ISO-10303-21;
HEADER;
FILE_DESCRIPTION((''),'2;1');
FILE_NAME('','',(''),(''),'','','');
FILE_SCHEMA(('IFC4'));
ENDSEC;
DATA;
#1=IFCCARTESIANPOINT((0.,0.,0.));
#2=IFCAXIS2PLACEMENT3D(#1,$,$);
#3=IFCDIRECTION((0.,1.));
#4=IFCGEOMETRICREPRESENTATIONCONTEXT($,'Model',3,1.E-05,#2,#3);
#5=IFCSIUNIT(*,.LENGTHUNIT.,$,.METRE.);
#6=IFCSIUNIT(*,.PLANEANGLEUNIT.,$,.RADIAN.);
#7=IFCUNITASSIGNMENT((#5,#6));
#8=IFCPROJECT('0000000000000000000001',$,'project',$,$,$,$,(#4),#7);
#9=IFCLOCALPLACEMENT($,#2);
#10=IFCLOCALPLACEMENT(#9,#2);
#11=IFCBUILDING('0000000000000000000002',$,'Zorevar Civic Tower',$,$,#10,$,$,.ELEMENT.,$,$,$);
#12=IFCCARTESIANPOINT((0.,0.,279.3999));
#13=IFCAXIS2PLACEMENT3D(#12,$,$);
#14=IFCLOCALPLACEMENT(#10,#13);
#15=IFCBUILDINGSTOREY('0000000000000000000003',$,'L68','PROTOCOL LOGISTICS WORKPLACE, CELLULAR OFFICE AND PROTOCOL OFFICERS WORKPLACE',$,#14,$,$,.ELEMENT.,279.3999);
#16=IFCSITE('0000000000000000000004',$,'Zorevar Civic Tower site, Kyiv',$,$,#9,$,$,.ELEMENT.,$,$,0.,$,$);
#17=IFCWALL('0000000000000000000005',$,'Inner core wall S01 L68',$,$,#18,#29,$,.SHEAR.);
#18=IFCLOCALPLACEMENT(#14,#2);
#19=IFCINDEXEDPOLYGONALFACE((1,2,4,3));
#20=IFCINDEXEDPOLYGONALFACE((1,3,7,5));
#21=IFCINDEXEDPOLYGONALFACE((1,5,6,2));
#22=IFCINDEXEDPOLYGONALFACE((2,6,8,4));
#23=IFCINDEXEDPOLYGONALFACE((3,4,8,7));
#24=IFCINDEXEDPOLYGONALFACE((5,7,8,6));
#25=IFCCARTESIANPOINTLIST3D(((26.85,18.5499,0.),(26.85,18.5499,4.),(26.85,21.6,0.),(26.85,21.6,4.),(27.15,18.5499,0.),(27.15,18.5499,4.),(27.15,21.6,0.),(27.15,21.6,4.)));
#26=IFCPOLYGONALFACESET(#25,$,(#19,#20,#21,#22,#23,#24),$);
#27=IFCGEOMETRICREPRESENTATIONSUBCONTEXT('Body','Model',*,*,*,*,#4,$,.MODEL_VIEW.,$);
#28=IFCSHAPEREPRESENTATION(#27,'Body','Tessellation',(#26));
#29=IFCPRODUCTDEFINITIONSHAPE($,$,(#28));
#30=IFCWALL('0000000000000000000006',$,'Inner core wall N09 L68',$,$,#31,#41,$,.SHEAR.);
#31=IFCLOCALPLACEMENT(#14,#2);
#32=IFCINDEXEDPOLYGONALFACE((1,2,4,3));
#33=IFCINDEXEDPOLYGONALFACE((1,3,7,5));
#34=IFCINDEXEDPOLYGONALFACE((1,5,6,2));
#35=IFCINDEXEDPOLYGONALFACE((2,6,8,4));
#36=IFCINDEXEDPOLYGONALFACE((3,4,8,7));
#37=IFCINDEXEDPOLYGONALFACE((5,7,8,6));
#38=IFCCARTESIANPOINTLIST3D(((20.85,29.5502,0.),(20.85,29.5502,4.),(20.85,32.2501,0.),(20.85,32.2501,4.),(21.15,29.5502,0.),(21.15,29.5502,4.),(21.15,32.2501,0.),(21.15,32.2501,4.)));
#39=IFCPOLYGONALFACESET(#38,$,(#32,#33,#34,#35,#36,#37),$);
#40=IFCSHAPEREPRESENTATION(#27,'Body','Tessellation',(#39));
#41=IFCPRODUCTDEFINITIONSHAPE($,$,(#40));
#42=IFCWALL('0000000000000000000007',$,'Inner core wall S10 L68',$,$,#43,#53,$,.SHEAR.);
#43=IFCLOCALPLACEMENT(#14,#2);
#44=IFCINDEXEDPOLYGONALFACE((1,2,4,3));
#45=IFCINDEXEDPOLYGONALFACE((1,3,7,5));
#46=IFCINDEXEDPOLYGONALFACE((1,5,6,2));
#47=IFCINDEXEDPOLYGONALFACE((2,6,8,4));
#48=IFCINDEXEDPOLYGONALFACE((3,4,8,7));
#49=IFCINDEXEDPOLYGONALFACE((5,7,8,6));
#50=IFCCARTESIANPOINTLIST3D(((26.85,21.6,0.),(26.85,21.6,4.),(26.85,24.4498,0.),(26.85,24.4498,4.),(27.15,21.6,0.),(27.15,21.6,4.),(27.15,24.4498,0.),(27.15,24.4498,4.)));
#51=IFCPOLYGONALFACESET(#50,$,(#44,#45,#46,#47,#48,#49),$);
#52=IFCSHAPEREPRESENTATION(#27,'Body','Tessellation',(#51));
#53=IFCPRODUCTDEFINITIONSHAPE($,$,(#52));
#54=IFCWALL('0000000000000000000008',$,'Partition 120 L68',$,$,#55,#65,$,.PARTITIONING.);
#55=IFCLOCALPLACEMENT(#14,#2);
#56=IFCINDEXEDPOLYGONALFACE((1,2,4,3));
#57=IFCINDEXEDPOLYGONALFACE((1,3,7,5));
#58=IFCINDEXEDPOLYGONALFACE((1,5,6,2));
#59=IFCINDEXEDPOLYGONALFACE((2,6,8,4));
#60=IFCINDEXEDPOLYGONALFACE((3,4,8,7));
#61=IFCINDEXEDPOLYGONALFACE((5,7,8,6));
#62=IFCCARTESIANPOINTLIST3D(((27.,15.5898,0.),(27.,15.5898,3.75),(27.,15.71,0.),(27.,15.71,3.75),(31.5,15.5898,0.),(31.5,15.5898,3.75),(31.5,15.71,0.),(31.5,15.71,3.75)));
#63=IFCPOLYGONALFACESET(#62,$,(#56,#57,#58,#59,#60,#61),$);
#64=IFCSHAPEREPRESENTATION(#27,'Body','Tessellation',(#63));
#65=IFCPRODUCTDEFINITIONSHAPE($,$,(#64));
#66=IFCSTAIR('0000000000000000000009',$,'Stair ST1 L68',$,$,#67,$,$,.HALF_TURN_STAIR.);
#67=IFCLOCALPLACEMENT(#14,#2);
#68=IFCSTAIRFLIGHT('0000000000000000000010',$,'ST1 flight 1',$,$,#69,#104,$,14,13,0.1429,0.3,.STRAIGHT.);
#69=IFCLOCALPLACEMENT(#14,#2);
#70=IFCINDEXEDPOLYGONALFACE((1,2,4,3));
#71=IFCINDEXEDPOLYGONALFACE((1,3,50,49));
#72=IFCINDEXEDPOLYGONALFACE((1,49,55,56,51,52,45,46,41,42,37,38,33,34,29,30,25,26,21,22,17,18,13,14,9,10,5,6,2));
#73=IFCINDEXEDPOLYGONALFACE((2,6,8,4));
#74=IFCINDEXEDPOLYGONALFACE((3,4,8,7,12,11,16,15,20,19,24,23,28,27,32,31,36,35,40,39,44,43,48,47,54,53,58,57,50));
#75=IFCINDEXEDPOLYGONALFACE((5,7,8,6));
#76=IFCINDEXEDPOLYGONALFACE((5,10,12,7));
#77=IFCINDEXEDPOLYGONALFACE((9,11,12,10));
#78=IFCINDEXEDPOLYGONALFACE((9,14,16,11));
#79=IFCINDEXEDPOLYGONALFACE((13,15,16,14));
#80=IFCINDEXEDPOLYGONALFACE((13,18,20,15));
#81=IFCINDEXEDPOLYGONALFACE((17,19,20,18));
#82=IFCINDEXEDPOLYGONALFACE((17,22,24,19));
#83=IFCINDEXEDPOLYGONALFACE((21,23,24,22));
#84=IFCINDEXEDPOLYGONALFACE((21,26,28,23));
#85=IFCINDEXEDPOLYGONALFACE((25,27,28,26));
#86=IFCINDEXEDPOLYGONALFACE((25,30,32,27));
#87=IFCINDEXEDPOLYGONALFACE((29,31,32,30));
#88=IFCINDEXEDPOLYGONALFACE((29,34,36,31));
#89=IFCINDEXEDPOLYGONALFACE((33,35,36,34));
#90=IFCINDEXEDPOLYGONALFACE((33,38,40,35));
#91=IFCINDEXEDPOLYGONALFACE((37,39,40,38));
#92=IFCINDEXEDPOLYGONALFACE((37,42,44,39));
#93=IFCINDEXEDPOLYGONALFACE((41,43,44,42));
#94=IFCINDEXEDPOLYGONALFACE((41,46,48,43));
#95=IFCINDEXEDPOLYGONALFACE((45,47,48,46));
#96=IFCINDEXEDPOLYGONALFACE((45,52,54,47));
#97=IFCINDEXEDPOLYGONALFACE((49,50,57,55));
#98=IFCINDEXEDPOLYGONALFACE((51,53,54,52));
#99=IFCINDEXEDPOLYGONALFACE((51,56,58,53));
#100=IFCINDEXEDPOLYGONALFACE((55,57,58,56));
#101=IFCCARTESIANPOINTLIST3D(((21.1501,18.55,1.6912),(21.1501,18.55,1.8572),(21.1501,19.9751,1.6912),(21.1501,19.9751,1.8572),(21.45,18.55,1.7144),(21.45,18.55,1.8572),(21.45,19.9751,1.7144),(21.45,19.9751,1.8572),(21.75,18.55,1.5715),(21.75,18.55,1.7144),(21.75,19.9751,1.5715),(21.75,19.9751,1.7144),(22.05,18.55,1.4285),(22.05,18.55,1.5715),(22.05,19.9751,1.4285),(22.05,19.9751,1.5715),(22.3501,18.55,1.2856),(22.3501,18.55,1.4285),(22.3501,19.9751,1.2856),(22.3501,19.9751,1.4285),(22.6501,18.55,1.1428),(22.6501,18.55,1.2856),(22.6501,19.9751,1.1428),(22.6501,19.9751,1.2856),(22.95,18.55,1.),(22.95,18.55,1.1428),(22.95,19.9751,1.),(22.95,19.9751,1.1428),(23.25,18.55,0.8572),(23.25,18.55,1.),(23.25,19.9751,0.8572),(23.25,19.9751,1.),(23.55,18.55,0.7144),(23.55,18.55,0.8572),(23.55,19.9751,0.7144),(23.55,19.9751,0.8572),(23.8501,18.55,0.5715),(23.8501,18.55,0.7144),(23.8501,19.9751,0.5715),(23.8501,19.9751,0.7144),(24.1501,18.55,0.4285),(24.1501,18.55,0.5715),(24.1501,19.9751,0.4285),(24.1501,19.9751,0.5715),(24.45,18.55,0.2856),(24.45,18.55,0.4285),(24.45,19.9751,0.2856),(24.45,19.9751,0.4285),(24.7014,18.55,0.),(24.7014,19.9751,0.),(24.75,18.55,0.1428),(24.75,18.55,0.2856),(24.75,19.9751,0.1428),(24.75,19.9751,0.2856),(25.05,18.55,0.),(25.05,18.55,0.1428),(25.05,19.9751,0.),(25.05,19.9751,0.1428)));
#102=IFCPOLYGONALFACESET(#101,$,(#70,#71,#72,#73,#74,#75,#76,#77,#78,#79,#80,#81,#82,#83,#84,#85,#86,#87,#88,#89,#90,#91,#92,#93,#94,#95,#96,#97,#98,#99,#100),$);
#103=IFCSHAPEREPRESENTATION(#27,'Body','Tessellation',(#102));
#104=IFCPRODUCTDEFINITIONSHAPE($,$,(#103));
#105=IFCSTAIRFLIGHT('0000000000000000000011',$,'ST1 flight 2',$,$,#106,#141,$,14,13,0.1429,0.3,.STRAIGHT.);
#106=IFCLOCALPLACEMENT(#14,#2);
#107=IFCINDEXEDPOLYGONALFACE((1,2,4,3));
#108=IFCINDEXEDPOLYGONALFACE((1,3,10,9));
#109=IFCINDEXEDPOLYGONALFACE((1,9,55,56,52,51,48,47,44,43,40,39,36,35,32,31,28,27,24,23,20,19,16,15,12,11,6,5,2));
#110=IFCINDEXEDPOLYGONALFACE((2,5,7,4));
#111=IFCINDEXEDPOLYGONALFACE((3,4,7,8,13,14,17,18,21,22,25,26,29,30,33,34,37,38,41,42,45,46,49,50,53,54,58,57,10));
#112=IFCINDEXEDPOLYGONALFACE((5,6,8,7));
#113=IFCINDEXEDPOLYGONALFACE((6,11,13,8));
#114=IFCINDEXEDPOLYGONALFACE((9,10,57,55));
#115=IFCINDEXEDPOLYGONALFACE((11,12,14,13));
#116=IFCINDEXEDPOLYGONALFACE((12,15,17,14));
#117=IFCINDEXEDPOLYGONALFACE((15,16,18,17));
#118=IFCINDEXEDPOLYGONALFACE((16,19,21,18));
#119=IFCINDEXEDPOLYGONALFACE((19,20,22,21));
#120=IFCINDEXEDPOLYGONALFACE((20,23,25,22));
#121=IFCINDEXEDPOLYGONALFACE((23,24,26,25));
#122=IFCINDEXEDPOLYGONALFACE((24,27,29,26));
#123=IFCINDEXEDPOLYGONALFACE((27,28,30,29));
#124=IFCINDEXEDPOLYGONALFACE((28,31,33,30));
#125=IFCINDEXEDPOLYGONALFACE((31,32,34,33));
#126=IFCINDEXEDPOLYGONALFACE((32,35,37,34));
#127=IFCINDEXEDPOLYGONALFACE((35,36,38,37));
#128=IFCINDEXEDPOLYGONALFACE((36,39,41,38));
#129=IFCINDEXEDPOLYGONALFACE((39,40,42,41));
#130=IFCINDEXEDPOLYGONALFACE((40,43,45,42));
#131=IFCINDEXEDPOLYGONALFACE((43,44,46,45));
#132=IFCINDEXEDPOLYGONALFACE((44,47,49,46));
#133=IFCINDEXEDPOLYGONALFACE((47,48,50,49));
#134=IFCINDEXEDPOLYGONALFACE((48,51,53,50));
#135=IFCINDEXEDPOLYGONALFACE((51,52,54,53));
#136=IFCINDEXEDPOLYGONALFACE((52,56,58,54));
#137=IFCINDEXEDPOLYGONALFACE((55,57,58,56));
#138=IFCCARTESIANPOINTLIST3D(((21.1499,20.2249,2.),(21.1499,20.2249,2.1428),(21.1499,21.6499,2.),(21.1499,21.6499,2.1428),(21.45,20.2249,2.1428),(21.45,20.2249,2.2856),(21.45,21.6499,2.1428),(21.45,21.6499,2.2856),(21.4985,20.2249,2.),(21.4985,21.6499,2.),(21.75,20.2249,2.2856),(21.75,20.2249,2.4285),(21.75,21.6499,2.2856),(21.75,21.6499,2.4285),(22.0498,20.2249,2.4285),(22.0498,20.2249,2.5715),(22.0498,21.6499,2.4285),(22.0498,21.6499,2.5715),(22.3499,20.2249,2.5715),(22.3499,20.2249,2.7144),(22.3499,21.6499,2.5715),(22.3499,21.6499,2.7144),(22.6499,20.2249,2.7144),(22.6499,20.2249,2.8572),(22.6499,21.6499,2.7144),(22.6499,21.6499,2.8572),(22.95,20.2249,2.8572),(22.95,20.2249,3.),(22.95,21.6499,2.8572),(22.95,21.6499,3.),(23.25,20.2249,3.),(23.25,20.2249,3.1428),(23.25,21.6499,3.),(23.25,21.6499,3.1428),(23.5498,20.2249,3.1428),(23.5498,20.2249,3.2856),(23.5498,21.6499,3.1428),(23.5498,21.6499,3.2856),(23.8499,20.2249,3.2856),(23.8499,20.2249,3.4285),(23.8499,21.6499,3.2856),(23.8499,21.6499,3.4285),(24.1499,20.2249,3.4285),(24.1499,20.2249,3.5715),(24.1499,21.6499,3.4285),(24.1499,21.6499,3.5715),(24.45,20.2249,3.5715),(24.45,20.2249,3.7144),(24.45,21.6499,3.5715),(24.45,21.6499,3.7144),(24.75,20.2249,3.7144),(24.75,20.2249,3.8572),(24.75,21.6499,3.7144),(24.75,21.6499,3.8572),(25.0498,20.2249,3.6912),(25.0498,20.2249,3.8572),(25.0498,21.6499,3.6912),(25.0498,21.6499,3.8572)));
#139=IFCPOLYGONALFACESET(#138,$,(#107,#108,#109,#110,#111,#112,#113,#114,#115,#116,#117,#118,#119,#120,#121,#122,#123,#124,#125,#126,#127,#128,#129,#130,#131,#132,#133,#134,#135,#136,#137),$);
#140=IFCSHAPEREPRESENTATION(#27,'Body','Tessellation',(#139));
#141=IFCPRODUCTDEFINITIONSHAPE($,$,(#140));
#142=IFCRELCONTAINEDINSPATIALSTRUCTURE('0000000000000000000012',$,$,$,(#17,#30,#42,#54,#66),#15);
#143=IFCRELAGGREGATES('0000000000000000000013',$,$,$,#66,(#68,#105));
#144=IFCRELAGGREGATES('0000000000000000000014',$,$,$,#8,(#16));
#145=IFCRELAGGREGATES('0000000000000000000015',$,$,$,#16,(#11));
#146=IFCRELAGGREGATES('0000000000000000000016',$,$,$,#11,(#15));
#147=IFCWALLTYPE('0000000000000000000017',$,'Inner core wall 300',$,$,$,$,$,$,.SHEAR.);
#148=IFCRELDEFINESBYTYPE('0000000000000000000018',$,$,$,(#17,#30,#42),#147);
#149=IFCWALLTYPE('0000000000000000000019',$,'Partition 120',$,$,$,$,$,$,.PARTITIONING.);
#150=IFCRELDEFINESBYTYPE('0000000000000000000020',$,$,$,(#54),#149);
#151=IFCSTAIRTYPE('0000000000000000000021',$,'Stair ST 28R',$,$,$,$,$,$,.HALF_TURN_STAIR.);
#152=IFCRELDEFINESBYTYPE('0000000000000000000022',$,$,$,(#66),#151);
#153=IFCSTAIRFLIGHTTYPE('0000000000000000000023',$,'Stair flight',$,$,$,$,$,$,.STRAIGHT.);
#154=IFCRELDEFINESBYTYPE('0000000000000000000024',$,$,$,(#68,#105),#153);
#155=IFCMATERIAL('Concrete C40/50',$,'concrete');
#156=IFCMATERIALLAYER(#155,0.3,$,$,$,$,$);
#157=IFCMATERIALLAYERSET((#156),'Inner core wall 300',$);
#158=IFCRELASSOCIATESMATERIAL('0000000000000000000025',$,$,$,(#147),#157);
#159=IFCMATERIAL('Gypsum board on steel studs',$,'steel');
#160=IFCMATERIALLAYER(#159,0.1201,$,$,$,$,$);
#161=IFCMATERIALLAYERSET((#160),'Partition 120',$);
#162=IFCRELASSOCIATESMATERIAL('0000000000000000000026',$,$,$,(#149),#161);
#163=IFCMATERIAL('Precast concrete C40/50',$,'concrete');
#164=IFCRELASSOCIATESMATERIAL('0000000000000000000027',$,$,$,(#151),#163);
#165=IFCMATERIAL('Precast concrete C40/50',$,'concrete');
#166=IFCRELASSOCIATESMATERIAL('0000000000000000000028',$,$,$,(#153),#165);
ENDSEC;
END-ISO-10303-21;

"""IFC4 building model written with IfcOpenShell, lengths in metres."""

from ifc_helpers import new_model, si_unit, direction, frame, frame_2d, origin, place, context, subcontext, project, spatial, polyline, rectangle, outline, extrude, material, layer, layer_set, type_object, element, aggregate, save


model = new_model("IFC4")

# Units and contexts
model_context = context("Model", 3, precision=1e-05, world=origin(), true_north=direction((0.0, 1.0)))
body_context = subcontext(model_context, "Body", "Model", "MODEL_VIEW")
ifc_project = project(units=[si_unit("LENGTHUNIT", "METRE"), si_unit("PLANEANGLEUNIT", "RADIAN")], contexts=[model_context])

# Site, building, storey
site_placement = place(None, origin())
site = spatial("IfcSite", under=ifc_project, at=site_placement, Name="Zorevar Civic Tower site, Kyiv", CompositionType="ELEMENT", RefElevation=0.0)
building_placement = place(site_placement, origin())
building = spatial("IfcBuilding", under=site, at=building_placement, Name="Zorevar Civic Tower", CompositionType="ELEMENT")
storey_placement = place(building_placement, frame((0.0, 0.0, 279.3999)))
storey = spatial("IfcBuildingStorey", under=building, at=storey_placement, Name="L68", Description="PROTOCOL LOGISTICS WORKPLACE, CELLULAR OFFICE AND PROTOCOL OFFICERS WORKPLACE", CompositionType="ELEMENT", Elevation=279.3999)

# Wall
ifc_material_1 = material(Name="Concrete C40/50", Category="concrete")
ifc_layer_1 = layer(ifc_material_1, 0.3)
ifc_layer_set_1 = layer_set([ifc_layer_1], Name="Inner core wall 300")
wall_type_1 = type_object("IfcWallType", Name="Inner core wall 300", PredefinedType="SHEAR", material=ifc_layer_set_1)
wall_1_placement = place(storey_placement, frame((27.0, 18.55, 0.0), z_axis=(0.0, 0.0, 1.0), x_axis=(0.0, 1.0, 0.0)))
element("IfcWall", 1, at=wall_1_placement, inside=storey, type_object=wall_type_1, Name="Inner core wall S01 L68", PredefinedType="SHEAR", context=body_context, shape_type="SweptSolid", body=[
    extrude(rectangle(XDim=3.05, YDim=0.3, at=frame_2d((1.5249, 0.0))), origin(), (0.0, 0.0, 1.0), 4.0),
])

# Walls
wall_2_placement = place(storey_placement, frame((21.0, 29.55, 0.0), z_axis=(0.0, 0.0, 1.0), x_axis=(0.0, 1.0, 0.0)))
element("IfcWall", 2, at=wall_2_placement, inside=storey, type_object=wall_type_1, Name="Inner core wall N09 L68", PredefinedType="SHEAR", context=body_context, shape_type="SweptSolid", body=[
    extrude(rectangle(XDim=2.7, YDim=0.3, at=frame_2d((1.3501, 0.0))), origin(), (0.0, 0.0, 1.0), 4.0),
])
wall_3_placement = place(storey_placement, frame((27.0, 21.6001, 0.0), z_axis=(0.0, 0.0, 1.0), x_axis=(0.0, 1.0, 0.0)))
element("IfcWall", 3, at=wall_3_placement, inside=storey, type_object=wall_type_1, Name="Inner core wall S10 L68", PredefinedType="SHEAR", context=body_context, shape_type="SweptSolid", body=[
    extrude(rectangle(XDim=2.8499, YDim=0.3, at=frame_2d((1.4248, 0.0))), origin(), (0.0, 0.0, 1.0), 4.0),
])
ifc_material_2 = material(Name="Gypsum board on steel studs", Category="steel")
ifc_layer_2 = layer(ifc_material_2, 0.1201)
ifc_layer_set_2 = layer_set([ifc_layer_2], Name="Partition 120")
wall_type_2 = type_object("IfcWallType", Name="Partition 120", PredefinedType="PARTITIONING", material=ifc_layer_set_2)
wall_4_placement = place(storey_placement, frame((27.0, 15.6499, 0.0), z_axis=(0.0, 0.0, 1.0), x_axis=(1.0, 0.0, 0.0)))
element("IfcWall", 4, at=wall_4_placement, inside=storey, type_object=wall_type_2, Name="Partition 120 L68", PredefinedType="PARTITIONING", context=body_context, shape_type="SweptSolid", body=[
    extrude(rectangle(XDim=4.5, YDim=0.1201, at=frame_2d((2.25, 0.0))), origin(), (0.0, 0.0, 1.0), 3.75),
])

# Stair, stair flights
ifc_material_3 = material(Name="Precast concrete C40/50", Category="concrete")
stair_type = type_object("IfcStairType", Name="Stair ST 28R", PredefinedType="HALF_TURN_STAIR", material=ifc_material_3)
stair_placement = place(storey_placement, origin())
stair = element("IfcStair", 5, at=stair_placement, inside=storey, type_object=stair_type, Name="Stair ST1 L68", PredefinedType="HALF_TURN_STAIR")
ifc_material_4 = material(Name="Precast concrete C40/50", Category="concrete")
stair_flight_type = type_object("IfcStairFlightType", Name="Stair flight", PredefinedType="STRAIGHT", material=ifc_material_4)
stair_flight_1_placement = place(storey_placement, frame((25.05, 19.2625, 0.0), z_axis=(0.0, 0.0, 1.0), x_axis=(-1.0, 0.0, 0.0)))
stair_flight_1 = element("IfcStairFlight", 6, at=stair_flight_1_placement, type_object=stair_flight_type, Name="ST1 flight 1", NumberOfRisers=14, NumberOfTreads=13, PredefinedType="STRAIGHT", RiserHeight=0.1429, TreadLength=0.3, context=body_context, shape_type="SweptSolid", body=[
    extrude(outline(polyline([(0.0, 0.0), (0.0, 0.1428), (0.3, 0.1428), (0.3, 0.2856), (0.6001, 0.2856), (0.6001, 0.4285), (0.8999, 0.4285), (0.8999, 0.5715), (1.2, 0.5715), (1.2, 0.7144), (1.5, 0.7144), (1.5, 0.8572), (1.8, 0.8572), (1.8, 1.0), (2.1001, 1.0), (2.1001, 1.1428), (2.3999, 1.1428), (2.3999, 1.2856), (2.7, 1.2856), (2.7, 1.4285), (3.0, 1.4285), (3.0, 1.5715), (3.3, 1.5715), (3.3, 1.7144), (3.6001, 1.7144), (3.6001, 1.8572), (3.8999, 1.8572), (3.8999, 2.0), (3.8999, 1.6912), (0.3486, 0.0), (0.0, 0.0)])), frame((0.0, 0.7124, 0.0), z_axis=(0.0, -1.0, 0.0), x_axis=(1.0, 0.0, 0.0)), (0.0, 0.0, 1.0), 1.425),
])
stair_flight_2_placement = place(storey_placement, frame((21.1499, 20.9375, 2.0), z_axis=(0.0, 0.0, 1.0), x_axis=(1.0, 0.0, 0.0)))
stair_flight_2 = element("IfcStairFlight", 7, at=stair_flight_2_placement, type_object=stair_flight_type, Name="ST1 flight 2", NumberOfRisers=14, NumberOfTreads=13, PredefinedType="STRAIGHT", RiserHeight=0.1429, TreadLength=0.3, context=body_context, shape_type="SweptSolid", body=[
    extrude(outline(polyline([(0.0, 0.0), (0.0, 0.1428), (0.3, 0.1428), (0.3, 0.2856), (0.6001, 0.2856), (0.6001, 0.4285), (0.8999, 0.4285), (0.8999, 0.5715), (1.2, 0.5715), (1.2, 0.7144), (1.5, 0.7144), (1.5, 0.8572), (1.8, 0.8572), (1.8, 1.0), (2.1001, 1.0), (2.1001, 1.1428), (2.3999, 1.1428), (2.3999, 1.2856), (2.7, 1.2856), (2.7, 1.4285), (3.0, 1.4285), (3.0, 1.5715), (3.3, 1.5715), (3.3, 1.7144), (3.6001, 1.7144), (3.6001, 1.8572), (3.8999, 1.8572), (3.8999, 2.0), (3.8999, 1.6912), (0.3486, 0.0), (0.0, 0.0)])), frame((0.0, 0.7124, 0.0), z_axis=(0.0, -1.0, 0.0), x_axis=(1.0, 0.0, 0.0)), (0.0, 0.0, 1.0), 1.425),
])
aggregate(stair, [stair_flight_1, stair_flight_2])

save(model, "model.ifc")
